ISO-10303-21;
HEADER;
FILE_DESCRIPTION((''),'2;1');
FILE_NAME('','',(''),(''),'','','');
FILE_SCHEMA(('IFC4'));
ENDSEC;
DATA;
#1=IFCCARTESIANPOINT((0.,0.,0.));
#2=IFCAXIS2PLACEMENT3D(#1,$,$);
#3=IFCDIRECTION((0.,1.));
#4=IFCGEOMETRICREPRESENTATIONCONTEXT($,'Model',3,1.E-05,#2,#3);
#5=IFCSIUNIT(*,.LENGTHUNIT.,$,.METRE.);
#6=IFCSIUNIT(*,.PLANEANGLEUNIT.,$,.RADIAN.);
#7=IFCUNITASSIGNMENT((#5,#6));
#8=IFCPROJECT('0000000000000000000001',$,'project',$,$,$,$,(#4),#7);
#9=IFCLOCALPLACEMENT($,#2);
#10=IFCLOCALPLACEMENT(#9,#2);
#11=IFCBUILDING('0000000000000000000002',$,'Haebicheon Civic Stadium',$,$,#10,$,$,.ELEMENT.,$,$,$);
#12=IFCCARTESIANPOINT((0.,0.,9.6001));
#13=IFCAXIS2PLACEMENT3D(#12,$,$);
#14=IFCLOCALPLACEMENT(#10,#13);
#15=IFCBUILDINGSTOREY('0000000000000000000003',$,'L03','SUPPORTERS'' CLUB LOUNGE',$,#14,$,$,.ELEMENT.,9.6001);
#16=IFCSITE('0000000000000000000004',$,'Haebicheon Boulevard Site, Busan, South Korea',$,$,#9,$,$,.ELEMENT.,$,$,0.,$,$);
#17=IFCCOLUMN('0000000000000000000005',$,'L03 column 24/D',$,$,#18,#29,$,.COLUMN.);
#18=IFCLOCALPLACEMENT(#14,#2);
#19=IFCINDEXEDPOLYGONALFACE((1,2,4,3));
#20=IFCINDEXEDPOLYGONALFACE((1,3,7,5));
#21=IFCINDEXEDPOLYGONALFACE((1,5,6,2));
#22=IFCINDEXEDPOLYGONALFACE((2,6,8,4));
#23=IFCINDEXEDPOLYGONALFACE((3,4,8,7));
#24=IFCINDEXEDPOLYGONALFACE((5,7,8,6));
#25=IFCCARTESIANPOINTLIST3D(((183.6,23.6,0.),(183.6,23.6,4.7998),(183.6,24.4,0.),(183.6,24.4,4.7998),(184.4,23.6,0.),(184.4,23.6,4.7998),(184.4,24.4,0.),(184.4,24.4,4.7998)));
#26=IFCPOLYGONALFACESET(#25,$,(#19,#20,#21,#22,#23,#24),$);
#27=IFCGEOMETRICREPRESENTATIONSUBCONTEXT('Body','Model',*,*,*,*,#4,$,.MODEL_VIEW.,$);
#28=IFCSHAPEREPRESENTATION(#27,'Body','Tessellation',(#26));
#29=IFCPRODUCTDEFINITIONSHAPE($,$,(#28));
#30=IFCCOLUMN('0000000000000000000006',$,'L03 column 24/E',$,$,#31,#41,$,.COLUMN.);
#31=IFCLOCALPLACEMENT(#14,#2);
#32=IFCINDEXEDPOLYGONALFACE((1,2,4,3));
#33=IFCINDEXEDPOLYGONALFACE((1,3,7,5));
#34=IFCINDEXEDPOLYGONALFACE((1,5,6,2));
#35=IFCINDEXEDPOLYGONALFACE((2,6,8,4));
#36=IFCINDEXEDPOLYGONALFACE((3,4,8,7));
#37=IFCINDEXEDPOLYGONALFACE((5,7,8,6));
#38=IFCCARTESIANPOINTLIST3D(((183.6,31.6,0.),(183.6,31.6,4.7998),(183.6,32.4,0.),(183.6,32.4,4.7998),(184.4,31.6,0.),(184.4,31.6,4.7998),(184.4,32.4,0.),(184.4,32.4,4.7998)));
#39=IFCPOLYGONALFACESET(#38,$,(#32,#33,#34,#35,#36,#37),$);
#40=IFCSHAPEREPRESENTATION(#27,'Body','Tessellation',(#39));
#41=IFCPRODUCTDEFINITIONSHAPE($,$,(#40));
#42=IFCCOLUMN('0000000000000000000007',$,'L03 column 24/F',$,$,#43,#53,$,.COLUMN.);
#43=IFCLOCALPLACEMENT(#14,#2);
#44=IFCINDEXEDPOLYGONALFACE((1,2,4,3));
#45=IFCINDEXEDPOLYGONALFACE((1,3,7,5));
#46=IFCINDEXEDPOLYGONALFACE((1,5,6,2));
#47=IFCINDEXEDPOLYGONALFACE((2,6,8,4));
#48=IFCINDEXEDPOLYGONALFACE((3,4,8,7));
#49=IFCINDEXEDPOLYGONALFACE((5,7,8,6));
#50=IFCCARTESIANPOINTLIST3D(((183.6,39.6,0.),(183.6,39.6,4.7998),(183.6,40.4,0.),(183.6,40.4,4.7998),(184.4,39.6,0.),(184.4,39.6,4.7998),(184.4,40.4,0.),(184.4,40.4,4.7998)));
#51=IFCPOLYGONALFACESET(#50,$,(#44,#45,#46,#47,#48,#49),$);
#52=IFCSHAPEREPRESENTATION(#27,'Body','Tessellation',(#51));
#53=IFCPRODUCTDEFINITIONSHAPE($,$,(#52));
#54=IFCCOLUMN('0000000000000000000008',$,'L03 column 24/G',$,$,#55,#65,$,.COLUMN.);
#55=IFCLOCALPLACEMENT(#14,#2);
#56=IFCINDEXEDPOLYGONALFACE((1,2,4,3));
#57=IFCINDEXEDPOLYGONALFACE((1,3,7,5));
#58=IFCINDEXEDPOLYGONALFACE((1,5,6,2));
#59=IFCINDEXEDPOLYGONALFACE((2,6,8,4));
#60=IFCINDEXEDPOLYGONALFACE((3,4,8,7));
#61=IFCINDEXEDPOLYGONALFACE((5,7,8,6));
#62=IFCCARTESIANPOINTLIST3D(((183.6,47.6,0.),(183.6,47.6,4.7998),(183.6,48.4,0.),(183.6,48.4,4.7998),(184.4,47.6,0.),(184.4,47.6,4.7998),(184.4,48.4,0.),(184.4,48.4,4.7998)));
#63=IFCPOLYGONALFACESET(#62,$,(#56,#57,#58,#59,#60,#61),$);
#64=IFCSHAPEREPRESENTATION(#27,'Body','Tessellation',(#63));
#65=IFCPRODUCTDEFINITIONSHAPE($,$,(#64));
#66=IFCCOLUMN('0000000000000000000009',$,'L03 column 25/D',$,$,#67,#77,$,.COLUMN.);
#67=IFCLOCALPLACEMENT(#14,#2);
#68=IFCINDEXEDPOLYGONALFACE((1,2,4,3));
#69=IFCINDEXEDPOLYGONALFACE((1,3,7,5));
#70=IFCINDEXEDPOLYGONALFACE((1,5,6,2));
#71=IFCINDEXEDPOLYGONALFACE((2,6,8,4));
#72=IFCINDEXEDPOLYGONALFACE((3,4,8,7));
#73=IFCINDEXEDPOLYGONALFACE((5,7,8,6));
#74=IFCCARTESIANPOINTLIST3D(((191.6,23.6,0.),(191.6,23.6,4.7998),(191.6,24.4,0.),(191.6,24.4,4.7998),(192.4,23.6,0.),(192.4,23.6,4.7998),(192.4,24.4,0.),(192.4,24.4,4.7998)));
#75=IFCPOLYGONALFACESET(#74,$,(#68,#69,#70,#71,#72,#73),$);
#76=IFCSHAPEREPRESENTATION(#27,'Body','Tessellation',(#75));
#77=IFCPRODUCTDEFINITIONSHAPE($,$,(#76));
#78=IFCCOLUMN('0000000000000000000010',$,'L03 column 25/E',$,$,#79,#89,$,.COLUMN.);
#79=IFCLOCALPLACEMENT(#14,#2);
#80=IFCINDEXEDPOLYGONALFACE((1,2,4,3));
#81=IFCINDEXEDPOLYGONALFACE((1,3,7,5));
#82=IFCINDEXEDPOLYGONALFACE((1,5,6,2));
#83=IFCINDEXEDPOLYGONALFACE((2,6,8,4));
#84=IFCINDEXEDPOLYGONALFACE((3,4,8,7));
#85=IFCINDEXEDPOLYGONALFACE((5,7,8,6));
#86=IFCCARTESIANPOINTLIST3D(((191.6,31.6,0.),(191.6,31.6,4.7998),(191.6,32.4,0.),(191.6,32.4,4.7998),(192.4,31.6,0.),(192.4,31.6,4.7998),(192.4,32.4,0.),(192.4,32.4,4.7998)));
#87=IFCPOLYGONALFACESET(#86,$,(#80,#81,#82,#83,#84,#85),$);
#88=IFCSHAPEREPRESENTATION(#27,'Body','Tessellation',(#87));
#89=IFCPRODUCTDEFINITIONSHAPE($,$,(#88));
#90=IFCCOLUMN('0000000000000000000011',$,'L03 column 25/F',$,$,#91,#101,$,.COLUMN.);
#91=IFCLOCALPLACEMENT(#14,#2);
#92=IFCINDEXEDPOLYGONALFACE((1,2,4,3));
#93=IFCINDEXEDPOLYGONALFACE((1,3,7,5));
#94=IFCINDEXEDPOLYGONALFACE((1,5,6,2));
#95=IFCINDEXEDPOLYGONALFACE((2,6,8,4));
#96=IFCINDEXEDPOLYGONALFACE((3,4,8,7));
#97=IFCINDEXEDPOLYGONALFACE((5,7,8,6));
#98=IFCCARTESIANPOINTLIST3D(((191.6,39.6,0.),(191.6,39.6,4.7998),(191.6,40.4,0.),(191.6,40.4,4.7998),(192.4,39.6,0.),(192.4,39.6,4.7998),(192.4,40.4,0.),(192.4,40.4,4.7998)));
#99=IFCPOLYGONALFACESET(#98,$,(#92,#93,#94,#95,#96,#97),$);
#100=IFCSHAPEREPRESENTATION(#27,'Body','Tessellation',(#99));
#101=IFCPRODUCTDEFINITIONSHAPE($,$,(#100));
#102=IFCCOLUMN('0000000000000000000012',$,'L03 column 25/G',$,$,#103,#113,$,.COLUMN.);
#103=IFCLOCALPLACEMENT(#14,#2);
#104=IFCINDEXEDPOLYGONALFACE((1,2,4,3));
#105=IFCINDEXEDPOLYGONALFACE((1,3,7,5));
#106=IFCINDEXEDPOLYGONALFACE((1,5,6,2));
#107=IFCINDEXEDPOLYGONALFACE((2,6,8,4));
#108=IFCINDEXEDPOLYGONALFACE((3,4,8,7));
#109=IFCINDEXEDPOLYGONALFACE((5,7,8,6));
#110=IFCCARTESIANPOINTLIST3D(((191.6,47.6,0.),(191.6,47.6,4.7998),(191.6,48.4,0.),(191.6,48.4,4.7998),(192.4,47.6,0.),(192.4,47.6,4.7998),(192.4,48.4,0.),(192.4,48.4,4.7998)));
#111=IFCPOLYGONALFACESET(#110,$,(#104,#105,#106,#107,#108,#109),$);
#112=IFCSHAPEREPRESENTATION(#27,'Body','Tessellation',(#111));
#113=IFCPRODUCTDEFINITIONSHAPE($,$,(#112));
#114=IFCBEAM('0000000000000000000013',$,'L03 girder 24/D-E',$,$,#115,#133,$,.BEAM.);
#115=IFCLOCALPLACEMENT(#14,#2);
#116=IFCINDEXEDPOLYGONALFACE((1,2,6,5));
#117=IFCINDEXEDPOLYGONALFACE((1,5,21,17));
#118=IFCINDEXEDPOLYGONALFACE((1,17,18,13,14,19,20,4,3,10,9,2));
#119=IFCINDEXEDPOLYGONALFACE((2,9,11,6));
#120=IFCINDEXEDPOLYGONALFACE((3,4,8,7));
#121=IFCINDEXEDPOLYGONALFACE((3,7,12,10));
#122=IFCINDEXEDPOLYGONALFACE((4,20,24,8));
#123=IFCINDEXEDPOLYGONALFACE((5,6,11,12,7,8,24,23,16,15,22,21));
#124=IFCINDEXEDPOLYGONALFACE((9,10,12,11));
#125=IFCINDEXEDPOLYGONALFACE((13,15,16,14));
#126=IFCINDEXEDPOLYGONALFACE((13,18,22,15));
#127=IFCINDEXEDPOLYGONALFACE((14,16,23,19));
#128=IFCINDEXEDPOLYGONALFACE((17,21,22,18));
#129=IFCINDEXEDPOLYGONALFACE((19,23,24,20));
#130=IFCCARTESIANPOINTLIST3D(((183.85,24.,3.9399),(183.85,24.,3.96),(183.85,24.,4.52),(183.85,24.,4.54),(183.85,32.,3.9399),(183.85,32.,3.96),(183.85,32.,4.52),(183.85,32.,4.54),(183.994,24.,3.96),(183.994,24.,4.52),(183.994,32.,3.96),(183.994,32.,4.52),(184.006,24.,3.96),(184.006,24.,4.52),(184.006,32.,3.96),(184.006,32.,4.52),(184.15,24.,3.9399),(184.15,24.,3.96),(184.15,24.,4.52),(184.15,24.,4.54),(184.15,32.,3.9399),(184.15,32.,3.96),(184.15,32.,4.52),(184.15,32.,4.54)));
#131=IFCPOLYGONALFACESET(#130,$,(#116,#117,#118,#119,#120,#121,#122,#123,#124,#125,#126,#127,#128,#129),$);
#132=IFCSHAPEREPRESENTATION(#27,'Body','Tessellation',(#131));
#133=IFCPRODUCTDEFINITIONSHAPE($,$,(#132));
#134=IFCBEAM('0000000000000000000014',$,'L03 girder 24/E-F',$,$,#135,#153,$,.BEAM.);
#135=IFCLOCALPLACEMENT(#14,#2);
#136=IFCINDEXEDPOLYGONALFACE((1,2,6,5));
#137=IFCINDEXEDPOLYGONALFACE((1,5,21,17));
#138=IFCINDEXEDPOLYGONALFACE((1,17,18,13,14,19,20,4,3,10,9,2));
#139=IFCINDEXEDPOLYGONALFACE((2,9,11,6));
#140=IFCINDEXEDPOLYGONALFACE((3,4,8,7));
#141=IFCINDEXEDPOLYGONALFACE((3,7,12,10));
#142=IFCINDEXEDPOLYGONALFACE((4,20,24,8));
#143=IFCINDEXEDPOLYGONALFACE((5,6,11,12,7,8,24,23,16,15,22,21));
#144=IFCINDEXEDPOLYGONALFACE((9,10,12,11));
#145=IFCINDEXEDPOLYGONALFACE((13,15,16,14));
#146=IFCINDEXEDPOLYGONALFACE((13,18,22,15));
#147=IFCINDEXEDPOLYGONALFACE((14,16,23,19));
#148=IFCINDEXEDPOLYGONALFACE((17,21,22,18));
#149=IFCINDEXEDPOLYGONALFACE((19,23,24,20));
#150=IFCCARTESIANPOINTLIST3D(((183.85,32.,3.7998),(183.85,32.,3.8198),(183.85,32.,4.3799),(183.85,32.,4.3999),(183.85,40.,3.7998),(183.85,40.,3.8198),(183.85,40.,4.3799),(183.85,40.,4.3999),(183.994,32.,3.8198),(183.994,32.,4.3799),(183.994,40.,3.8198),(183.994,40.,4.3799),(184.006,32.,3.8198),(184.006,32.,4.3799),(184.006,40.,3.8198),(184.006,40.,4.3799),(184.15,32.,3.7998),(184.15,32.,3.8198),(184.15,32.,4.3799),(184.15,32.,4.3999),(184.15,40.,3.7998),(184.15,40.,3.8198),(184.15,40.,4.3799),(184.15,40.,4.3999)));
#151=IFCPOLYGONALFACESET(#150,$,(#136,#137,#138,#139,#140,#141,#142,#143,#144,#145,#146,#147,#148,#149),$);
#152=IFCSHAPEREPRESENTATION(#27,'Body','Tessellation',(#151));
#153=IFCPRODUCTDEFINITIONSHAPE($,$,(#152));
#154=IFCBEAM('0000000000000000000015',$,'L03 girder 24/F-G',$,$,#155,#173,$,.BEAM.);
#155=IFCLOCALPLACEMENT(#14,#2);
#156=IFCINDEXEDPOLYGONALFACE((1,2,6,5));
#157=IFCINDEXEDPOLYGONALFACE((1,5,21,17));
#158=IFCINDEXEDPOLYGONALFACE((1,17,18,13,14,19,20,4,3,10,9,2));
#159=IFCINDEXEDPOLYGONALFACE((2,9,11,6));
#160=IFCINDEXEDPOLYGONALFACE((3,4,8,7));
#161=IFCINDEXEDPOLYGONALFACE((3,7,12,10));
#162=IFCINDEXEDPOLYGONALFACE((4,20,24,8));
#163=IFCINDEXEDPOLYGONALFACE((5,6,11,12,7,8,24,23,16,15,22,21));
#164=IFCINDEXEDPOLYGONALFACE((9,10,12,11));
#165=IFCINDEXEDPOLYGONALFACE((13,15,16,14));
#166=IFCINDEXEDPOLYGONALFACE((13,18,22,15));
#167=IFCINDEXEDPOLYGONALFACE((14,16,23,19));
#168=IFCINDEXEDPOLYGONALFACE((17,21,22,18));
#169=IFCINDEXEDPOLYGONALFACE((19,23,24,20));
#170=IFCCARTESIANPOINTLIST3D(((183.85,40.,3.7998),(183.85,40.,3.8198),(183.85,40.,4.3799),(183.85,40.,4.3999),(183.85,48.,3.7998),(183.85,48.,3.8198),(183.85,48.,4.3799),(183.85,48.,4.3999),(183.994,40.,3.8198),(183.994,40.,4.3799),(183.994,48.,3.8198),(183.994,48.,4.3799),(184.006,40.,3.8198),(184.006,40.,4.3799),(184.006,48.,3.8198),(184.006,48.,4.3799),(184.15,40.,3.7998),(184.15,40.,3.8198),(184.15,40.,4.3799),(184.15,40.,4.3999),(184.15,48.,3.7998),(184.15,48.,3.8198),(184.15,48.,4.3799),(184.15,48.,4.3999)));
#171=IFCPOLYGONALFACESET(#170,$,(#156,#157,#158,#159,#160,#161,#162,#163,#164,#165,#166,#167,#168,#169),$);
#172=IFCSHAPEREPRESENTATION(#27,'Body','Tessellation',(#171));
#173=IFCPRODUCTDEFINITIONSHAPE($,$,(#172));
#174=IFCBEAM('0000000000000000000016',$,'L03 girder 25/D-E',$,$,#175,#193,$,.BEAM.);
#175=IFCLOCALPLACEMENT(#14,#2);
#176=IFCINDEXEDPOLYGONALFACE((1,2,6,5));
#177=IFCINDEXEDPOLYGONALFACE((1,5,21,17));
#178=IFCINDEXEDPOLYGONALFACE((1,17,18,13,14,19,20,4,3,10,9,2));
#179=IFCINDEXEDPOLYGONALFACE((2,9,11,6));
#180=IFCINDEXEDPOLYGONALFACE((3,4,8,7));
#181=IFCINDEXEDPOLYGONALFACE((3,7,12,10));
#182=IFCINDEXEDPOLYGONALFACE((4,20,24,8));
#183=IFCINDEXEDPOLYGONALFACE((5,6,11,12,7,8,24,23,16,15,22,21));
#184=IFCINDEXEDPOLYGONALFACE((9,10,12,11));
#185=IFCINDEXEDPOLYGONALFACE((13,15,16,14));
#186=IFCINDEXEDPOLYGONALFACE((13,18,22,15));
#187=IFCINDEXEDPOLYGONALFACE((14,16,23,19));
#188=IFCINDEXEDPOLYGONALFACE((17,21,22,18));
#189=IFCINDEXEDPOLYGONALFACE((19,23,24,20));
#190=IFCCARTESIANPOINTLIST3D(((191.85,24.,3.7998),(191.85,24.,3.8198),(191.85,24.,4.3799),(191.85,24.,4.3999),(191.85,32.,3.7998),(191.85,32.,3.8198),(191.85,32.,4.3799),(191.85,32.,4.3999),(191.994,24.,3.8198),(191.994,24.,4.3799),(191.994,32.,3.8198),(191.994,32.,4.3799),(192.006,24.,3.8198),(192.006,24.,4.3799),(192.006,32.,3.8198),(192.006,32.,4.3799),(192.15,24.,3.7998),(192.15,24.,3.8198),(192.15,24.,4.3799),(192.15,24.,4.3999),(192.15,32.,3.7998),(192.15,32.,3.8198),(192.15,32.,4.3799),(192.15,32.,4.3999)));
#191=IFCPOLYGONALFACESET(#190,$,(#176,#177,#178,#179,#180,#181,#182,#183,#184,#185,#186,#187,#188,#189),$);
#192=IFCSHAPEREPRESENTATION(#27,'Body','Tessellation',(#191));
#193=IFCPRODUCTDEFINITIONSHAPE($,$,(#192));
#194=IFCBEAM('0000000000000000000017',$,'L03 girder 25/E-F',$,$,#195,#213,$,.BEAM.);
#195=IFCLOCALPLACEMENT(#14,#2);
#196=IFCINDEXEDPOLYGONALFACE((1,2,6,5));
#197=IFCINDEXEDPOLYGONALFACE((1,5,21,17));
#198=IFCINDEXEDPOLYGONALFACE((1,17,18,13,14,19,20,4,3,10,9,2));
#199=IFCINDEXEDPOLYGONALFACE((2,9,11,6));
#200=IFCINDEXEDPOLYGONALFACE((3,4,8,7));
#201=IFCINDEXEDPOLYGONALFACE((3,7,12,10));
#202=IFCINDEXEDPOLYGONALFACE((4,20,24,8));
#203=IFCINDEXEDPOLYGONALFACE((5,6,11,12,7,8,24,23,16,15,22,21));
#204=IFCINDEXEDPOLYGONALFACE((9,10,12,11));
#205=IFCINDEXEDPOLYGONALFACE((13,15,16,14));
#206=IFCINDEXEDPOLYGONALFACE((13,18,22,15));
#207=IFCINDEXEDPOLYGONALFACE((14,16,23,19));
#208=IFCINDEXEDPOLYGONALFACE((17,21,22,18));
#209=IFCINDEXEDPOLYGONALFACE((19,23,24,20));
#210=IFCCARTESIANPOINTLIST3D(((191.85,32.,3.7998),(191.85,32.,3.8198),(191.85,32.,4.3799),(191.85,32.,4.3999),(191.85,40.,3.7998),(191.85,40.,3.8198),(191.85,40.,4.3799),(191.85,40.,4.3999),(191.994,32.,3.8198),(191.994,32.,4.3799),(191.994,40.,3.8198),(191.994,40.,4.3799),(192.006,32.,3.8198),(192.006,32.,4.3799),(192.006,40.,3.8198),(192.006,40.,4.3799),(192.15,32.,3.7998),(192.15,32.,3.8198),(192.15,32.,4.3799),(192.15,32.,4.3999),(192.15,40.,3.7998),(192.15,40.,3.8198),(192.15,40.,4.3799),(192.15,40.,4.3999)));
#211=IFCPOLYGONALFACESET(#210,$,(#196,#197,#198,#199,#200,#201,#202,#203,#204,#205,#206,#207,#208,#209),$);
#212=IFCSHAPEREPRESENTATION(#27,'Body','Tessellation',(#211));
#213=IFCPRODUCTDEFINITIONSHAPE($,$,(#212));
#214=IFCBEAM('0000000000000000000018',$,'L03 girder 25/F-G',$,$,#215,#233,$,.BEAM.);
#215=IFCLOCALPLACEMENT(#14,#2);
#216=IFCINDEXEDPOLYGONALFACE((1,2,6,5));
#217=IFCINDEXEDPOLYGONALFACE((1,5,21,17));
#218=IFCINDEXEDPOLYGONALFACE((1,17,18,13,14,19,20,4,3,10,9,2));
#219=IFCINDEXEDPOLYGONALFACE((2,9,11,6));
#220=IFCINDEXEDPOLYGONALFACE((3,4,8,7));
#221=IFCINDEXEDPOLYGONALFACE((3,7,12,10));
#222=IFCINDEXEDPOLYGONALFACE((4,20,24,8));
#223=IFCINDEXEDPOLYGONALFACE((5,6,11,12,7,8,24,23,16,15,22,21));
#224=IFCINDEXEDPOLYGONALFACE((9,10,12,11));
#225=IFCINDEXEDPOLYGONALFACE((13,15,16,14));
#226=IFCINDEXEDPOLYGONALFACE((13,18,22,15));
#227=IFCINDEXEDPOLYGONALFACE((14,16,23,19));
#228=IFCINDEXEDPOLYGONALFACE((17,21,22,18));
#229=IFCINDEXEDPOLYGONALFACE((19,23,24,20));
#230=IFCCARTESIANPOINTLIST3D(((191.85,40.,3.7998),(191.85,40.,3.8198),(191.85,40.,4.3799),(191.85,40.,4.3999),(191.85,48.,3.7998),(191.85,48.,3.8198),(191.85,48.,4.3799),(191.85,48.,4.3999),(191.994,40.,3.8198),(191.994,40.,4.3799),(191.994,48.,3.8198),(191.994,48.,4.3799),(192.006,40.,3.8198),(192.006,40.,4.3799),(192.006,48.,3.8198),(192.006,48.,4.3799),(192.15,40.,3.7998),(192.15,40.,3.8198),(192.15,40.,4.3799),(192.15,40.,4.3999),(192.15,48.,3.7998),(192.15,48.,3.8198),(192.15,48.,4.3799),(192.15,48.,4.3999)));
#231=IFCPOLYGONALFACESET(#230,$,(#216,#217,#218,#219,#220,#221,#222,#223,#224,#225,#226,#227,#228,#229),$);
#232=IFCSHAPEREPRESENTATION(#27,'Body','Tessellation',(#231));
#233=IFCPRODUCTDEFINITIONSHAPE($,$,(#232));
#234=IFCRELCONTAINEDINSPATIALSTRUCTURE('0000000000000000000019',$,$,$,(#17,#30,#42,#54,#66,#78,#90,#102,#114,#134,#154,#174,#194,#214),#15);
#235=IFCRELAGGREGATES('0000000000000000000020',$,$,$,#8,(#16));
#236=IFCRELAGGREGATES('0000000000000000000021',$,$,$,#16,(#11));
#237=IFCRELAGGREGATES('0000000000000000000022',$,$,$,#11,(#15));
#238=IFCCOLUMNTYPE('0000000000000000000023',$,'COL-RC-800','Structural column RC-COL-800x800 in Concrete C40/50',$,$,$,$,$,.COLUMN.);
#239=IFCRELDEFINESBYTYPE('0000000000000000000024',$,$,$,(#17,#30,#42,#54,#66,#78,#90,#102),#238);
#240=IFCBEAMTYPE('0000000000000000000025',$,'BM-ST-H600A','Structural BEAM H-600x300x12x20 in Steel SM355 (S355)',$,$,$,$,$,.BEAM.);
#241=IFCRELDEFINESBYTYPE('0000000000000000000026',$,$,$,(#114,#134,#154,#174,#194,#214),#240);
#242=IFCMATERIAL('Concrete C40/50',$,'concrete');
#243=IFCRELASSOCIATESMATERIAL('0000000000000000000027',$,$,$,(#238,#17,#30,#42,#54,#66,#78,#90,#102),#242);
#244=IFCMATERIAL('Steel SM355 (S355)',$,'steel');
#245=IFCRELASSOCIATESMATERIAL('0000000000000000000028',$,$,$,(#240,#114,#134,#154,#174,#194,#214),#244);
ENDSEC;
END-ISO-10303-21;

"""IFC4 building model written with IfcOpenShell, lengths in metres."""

from ifc_helpers import new_model, si_unit, direction, frame, origin, origin_2d, place, context, subcontext, project, spatial, rectangle, i_section, extrude, material, material_profile, profile_set, type_object, element, save


model = new_model("IFC4")

# Units and contexts
model_context = context("Model", 3, precision=1e-05, world=origin(), true_north=direction((0.0, 1.0)))
body_context = subcontext(model_context, "Body", "Model", "MODEL_VIEW")
ifc_project = project(units=[si_unit("LENGTHUNIT", "METRE"), si_unit("PLANEANGLEUNIT", "RADIAN")], contexts=[model_context])

# Site, building, storey
site_placement = place(None, origin())
site = spatial("IfcSite", under=ifc_project, at=site_placement, Name="Haebicheon Boulevard Site, Busan, South Korea", CompositionType="ELEMENT", RefElevation=0.0)
building_placement = place(site_placement, origin())
building = spatial("IfcBuilding", under=site, at=building_placement, Name="Haebicheon Civic Stadium", CompositionType="ELEMENT")
storey_placement = place(building_placement, frame((0.0, 0.0, 9.6001)))
storey = spatial("IfcBuildingStorey", under=building, at=storey_placement, Name="L03", Description="SUPPORTERS' CLUB LOUNGE", CompositionType="ELEMENT", Elevation=9.6001)

# Columns
ifc_material_1 = material(Name="Concrete C40/50", Category="concrete")
ifc_material_profile_1 = material_profile(ifc_material_1, rectangle(XDim=0.8, YDim=0.8, at=origin_2d()), Name="RC-COL-800x800")
ifc_profile_set_1 = profile_set([ifc_material_profile_1], Name="Concrete C40/50")
column_type = type_object("IfcColumnType", Name="COL-RC-800", Description="Structural column RC-COL-800x800 in Concrete C40/50", PredefinedType="COLUMN", material=ifc_profile_set_1)
for number, where, z_axis, x_axis, name in (
    (1, (184.0, 24.0, 0.0), (0.0, 0.0, 1.0), (1.0, 0.0, 0.0), "L03 column 24/D"),
    (2, (184.0, 32.0, 0.0), (0.0, 0.0, 1.0), (1.0, 0.0, 0.0), "L03 column 24/E"),
    (3, (184.0, 40.0, 0.0), (0.0, 0.0, 1.0), (1.0, 0.0, 0.0), "L03 column 24/F"),
    (4, (184.0, 48.0, 0.0), (0.0, 0.0, 1.0), (1.0, 0.0, 0.0), "L03 column 24/G"),
    (5, (192.0, 24.0, 0.0), (0.0, 0.0, 1.0), (1.0, 0.0, 0.0), "L03 column 25/D"),
    (6, (192.0, 32.0, 0.0), (0.0, 0.0, 1.0), (1.0, 0.0, 0.0), "L03 column 25/E"),
    (7, (192.0, 40.0, 0.0), (0.0, 0.0, 1.0), (1.0, 0.0, 0.0), "L03 column 25/F"),
    (8, (192.0, 48.0, 0.0), (0.0, 0.0, 1.0), (1.0, 0.0, 0.0), "L03 column 25/G"),
):
    element("IfcColumn", number, at=place(storey_placement, frame(where, z_axis=z_axis, x_axis=x_axis)), inside=storey, type_object=column_type, material=ifc_profile_set_1, Name=name, PredefinedType="COLUMN", context=body_context, shape_type="SweptSolid", body=[
        extrude(rectangle(XDim=0.8, YDim=0.8, at=origin_2d()), origin(), (0.0, 0.0, 1.0), 4.7998),
    ])

# Beams
ifc_material_2 = material(Name="Steel SM355 (S355)", Category="steel")
ifc_material_profile_2 = material_profile(ifc_material_2, i_section(OverallWidth=0.3, OverallDepth=0.6001, WebThickness=0.012, FlangeThickness=0.02, at=origin_2d()), Name="H-600x300x12x20")
ifc_profile_set_2 = profile_set([ifc_material_profile_2], Name="Steel SM355 (S355)")
beam_type_1 = type_object("IfcBeamType", Name="BM-ST-H600A", Description="Structural BEAM H-600x300x12x20 in Steel SM355 (S355)", PredefinedType="BEAM", material=ifc_profile_set_2)
for number, where, z_axis, x_axis, name in (
    (9, (184.0, 24.0, 4.24), (0.0, 1.0, 0.0), (-1.0, 0.0, 0.0), "L03 girder 24/D-E"),
    (10, (184.0, 32.0, 4.0999), (0.0, 1.0, 0.0), (-1.0, 0.0, 0.0), "L03 girder 24/E-F"),
    (11, (184.0, 40.0, 4.0999), (0.0, 1.0, 0.0), (-1.0, 0.0, 0.0), "L03 girder 24/F-G"),
    (12, (192.0, 24.0, 4.0999), (0.0, 1.0, 0.0), (-1.0, 0.0, 0.0), "L03 girder 25/D-E"),
    (13, (192.0, 32.0, 4.0999), (0.0, 1.0, 0.0), (-1.0, 0.0, 0.0), "L03 girder 25/E-F"),
    (14, (192.0, 40.0, 4.0999), (0.0, 1.0, 0.0), (-1.0, 0.0, 0.0), "L03 girder 25/F-G"),
):
    element("IfcBeam", number, at=place(storey_placement, frame(where, z_axis=z_axis, x_axis=x_axis)), inside=storey, type_object=beam_type_1, material=ifc_profile_set_2, Name=name, PredefinedType="BEAM", context=body_context, shape_type="SweptSolid", body=[
        extrude(i_section(OverallWidth=0.3, OverallDepth=0.6001, WebThickness=0.012, FlangeThickness=0.02, at=origin_2d()), origin(), (0.0, 0.0, 1.0), 8.0),
    ])

save(model, "model.ifc")
